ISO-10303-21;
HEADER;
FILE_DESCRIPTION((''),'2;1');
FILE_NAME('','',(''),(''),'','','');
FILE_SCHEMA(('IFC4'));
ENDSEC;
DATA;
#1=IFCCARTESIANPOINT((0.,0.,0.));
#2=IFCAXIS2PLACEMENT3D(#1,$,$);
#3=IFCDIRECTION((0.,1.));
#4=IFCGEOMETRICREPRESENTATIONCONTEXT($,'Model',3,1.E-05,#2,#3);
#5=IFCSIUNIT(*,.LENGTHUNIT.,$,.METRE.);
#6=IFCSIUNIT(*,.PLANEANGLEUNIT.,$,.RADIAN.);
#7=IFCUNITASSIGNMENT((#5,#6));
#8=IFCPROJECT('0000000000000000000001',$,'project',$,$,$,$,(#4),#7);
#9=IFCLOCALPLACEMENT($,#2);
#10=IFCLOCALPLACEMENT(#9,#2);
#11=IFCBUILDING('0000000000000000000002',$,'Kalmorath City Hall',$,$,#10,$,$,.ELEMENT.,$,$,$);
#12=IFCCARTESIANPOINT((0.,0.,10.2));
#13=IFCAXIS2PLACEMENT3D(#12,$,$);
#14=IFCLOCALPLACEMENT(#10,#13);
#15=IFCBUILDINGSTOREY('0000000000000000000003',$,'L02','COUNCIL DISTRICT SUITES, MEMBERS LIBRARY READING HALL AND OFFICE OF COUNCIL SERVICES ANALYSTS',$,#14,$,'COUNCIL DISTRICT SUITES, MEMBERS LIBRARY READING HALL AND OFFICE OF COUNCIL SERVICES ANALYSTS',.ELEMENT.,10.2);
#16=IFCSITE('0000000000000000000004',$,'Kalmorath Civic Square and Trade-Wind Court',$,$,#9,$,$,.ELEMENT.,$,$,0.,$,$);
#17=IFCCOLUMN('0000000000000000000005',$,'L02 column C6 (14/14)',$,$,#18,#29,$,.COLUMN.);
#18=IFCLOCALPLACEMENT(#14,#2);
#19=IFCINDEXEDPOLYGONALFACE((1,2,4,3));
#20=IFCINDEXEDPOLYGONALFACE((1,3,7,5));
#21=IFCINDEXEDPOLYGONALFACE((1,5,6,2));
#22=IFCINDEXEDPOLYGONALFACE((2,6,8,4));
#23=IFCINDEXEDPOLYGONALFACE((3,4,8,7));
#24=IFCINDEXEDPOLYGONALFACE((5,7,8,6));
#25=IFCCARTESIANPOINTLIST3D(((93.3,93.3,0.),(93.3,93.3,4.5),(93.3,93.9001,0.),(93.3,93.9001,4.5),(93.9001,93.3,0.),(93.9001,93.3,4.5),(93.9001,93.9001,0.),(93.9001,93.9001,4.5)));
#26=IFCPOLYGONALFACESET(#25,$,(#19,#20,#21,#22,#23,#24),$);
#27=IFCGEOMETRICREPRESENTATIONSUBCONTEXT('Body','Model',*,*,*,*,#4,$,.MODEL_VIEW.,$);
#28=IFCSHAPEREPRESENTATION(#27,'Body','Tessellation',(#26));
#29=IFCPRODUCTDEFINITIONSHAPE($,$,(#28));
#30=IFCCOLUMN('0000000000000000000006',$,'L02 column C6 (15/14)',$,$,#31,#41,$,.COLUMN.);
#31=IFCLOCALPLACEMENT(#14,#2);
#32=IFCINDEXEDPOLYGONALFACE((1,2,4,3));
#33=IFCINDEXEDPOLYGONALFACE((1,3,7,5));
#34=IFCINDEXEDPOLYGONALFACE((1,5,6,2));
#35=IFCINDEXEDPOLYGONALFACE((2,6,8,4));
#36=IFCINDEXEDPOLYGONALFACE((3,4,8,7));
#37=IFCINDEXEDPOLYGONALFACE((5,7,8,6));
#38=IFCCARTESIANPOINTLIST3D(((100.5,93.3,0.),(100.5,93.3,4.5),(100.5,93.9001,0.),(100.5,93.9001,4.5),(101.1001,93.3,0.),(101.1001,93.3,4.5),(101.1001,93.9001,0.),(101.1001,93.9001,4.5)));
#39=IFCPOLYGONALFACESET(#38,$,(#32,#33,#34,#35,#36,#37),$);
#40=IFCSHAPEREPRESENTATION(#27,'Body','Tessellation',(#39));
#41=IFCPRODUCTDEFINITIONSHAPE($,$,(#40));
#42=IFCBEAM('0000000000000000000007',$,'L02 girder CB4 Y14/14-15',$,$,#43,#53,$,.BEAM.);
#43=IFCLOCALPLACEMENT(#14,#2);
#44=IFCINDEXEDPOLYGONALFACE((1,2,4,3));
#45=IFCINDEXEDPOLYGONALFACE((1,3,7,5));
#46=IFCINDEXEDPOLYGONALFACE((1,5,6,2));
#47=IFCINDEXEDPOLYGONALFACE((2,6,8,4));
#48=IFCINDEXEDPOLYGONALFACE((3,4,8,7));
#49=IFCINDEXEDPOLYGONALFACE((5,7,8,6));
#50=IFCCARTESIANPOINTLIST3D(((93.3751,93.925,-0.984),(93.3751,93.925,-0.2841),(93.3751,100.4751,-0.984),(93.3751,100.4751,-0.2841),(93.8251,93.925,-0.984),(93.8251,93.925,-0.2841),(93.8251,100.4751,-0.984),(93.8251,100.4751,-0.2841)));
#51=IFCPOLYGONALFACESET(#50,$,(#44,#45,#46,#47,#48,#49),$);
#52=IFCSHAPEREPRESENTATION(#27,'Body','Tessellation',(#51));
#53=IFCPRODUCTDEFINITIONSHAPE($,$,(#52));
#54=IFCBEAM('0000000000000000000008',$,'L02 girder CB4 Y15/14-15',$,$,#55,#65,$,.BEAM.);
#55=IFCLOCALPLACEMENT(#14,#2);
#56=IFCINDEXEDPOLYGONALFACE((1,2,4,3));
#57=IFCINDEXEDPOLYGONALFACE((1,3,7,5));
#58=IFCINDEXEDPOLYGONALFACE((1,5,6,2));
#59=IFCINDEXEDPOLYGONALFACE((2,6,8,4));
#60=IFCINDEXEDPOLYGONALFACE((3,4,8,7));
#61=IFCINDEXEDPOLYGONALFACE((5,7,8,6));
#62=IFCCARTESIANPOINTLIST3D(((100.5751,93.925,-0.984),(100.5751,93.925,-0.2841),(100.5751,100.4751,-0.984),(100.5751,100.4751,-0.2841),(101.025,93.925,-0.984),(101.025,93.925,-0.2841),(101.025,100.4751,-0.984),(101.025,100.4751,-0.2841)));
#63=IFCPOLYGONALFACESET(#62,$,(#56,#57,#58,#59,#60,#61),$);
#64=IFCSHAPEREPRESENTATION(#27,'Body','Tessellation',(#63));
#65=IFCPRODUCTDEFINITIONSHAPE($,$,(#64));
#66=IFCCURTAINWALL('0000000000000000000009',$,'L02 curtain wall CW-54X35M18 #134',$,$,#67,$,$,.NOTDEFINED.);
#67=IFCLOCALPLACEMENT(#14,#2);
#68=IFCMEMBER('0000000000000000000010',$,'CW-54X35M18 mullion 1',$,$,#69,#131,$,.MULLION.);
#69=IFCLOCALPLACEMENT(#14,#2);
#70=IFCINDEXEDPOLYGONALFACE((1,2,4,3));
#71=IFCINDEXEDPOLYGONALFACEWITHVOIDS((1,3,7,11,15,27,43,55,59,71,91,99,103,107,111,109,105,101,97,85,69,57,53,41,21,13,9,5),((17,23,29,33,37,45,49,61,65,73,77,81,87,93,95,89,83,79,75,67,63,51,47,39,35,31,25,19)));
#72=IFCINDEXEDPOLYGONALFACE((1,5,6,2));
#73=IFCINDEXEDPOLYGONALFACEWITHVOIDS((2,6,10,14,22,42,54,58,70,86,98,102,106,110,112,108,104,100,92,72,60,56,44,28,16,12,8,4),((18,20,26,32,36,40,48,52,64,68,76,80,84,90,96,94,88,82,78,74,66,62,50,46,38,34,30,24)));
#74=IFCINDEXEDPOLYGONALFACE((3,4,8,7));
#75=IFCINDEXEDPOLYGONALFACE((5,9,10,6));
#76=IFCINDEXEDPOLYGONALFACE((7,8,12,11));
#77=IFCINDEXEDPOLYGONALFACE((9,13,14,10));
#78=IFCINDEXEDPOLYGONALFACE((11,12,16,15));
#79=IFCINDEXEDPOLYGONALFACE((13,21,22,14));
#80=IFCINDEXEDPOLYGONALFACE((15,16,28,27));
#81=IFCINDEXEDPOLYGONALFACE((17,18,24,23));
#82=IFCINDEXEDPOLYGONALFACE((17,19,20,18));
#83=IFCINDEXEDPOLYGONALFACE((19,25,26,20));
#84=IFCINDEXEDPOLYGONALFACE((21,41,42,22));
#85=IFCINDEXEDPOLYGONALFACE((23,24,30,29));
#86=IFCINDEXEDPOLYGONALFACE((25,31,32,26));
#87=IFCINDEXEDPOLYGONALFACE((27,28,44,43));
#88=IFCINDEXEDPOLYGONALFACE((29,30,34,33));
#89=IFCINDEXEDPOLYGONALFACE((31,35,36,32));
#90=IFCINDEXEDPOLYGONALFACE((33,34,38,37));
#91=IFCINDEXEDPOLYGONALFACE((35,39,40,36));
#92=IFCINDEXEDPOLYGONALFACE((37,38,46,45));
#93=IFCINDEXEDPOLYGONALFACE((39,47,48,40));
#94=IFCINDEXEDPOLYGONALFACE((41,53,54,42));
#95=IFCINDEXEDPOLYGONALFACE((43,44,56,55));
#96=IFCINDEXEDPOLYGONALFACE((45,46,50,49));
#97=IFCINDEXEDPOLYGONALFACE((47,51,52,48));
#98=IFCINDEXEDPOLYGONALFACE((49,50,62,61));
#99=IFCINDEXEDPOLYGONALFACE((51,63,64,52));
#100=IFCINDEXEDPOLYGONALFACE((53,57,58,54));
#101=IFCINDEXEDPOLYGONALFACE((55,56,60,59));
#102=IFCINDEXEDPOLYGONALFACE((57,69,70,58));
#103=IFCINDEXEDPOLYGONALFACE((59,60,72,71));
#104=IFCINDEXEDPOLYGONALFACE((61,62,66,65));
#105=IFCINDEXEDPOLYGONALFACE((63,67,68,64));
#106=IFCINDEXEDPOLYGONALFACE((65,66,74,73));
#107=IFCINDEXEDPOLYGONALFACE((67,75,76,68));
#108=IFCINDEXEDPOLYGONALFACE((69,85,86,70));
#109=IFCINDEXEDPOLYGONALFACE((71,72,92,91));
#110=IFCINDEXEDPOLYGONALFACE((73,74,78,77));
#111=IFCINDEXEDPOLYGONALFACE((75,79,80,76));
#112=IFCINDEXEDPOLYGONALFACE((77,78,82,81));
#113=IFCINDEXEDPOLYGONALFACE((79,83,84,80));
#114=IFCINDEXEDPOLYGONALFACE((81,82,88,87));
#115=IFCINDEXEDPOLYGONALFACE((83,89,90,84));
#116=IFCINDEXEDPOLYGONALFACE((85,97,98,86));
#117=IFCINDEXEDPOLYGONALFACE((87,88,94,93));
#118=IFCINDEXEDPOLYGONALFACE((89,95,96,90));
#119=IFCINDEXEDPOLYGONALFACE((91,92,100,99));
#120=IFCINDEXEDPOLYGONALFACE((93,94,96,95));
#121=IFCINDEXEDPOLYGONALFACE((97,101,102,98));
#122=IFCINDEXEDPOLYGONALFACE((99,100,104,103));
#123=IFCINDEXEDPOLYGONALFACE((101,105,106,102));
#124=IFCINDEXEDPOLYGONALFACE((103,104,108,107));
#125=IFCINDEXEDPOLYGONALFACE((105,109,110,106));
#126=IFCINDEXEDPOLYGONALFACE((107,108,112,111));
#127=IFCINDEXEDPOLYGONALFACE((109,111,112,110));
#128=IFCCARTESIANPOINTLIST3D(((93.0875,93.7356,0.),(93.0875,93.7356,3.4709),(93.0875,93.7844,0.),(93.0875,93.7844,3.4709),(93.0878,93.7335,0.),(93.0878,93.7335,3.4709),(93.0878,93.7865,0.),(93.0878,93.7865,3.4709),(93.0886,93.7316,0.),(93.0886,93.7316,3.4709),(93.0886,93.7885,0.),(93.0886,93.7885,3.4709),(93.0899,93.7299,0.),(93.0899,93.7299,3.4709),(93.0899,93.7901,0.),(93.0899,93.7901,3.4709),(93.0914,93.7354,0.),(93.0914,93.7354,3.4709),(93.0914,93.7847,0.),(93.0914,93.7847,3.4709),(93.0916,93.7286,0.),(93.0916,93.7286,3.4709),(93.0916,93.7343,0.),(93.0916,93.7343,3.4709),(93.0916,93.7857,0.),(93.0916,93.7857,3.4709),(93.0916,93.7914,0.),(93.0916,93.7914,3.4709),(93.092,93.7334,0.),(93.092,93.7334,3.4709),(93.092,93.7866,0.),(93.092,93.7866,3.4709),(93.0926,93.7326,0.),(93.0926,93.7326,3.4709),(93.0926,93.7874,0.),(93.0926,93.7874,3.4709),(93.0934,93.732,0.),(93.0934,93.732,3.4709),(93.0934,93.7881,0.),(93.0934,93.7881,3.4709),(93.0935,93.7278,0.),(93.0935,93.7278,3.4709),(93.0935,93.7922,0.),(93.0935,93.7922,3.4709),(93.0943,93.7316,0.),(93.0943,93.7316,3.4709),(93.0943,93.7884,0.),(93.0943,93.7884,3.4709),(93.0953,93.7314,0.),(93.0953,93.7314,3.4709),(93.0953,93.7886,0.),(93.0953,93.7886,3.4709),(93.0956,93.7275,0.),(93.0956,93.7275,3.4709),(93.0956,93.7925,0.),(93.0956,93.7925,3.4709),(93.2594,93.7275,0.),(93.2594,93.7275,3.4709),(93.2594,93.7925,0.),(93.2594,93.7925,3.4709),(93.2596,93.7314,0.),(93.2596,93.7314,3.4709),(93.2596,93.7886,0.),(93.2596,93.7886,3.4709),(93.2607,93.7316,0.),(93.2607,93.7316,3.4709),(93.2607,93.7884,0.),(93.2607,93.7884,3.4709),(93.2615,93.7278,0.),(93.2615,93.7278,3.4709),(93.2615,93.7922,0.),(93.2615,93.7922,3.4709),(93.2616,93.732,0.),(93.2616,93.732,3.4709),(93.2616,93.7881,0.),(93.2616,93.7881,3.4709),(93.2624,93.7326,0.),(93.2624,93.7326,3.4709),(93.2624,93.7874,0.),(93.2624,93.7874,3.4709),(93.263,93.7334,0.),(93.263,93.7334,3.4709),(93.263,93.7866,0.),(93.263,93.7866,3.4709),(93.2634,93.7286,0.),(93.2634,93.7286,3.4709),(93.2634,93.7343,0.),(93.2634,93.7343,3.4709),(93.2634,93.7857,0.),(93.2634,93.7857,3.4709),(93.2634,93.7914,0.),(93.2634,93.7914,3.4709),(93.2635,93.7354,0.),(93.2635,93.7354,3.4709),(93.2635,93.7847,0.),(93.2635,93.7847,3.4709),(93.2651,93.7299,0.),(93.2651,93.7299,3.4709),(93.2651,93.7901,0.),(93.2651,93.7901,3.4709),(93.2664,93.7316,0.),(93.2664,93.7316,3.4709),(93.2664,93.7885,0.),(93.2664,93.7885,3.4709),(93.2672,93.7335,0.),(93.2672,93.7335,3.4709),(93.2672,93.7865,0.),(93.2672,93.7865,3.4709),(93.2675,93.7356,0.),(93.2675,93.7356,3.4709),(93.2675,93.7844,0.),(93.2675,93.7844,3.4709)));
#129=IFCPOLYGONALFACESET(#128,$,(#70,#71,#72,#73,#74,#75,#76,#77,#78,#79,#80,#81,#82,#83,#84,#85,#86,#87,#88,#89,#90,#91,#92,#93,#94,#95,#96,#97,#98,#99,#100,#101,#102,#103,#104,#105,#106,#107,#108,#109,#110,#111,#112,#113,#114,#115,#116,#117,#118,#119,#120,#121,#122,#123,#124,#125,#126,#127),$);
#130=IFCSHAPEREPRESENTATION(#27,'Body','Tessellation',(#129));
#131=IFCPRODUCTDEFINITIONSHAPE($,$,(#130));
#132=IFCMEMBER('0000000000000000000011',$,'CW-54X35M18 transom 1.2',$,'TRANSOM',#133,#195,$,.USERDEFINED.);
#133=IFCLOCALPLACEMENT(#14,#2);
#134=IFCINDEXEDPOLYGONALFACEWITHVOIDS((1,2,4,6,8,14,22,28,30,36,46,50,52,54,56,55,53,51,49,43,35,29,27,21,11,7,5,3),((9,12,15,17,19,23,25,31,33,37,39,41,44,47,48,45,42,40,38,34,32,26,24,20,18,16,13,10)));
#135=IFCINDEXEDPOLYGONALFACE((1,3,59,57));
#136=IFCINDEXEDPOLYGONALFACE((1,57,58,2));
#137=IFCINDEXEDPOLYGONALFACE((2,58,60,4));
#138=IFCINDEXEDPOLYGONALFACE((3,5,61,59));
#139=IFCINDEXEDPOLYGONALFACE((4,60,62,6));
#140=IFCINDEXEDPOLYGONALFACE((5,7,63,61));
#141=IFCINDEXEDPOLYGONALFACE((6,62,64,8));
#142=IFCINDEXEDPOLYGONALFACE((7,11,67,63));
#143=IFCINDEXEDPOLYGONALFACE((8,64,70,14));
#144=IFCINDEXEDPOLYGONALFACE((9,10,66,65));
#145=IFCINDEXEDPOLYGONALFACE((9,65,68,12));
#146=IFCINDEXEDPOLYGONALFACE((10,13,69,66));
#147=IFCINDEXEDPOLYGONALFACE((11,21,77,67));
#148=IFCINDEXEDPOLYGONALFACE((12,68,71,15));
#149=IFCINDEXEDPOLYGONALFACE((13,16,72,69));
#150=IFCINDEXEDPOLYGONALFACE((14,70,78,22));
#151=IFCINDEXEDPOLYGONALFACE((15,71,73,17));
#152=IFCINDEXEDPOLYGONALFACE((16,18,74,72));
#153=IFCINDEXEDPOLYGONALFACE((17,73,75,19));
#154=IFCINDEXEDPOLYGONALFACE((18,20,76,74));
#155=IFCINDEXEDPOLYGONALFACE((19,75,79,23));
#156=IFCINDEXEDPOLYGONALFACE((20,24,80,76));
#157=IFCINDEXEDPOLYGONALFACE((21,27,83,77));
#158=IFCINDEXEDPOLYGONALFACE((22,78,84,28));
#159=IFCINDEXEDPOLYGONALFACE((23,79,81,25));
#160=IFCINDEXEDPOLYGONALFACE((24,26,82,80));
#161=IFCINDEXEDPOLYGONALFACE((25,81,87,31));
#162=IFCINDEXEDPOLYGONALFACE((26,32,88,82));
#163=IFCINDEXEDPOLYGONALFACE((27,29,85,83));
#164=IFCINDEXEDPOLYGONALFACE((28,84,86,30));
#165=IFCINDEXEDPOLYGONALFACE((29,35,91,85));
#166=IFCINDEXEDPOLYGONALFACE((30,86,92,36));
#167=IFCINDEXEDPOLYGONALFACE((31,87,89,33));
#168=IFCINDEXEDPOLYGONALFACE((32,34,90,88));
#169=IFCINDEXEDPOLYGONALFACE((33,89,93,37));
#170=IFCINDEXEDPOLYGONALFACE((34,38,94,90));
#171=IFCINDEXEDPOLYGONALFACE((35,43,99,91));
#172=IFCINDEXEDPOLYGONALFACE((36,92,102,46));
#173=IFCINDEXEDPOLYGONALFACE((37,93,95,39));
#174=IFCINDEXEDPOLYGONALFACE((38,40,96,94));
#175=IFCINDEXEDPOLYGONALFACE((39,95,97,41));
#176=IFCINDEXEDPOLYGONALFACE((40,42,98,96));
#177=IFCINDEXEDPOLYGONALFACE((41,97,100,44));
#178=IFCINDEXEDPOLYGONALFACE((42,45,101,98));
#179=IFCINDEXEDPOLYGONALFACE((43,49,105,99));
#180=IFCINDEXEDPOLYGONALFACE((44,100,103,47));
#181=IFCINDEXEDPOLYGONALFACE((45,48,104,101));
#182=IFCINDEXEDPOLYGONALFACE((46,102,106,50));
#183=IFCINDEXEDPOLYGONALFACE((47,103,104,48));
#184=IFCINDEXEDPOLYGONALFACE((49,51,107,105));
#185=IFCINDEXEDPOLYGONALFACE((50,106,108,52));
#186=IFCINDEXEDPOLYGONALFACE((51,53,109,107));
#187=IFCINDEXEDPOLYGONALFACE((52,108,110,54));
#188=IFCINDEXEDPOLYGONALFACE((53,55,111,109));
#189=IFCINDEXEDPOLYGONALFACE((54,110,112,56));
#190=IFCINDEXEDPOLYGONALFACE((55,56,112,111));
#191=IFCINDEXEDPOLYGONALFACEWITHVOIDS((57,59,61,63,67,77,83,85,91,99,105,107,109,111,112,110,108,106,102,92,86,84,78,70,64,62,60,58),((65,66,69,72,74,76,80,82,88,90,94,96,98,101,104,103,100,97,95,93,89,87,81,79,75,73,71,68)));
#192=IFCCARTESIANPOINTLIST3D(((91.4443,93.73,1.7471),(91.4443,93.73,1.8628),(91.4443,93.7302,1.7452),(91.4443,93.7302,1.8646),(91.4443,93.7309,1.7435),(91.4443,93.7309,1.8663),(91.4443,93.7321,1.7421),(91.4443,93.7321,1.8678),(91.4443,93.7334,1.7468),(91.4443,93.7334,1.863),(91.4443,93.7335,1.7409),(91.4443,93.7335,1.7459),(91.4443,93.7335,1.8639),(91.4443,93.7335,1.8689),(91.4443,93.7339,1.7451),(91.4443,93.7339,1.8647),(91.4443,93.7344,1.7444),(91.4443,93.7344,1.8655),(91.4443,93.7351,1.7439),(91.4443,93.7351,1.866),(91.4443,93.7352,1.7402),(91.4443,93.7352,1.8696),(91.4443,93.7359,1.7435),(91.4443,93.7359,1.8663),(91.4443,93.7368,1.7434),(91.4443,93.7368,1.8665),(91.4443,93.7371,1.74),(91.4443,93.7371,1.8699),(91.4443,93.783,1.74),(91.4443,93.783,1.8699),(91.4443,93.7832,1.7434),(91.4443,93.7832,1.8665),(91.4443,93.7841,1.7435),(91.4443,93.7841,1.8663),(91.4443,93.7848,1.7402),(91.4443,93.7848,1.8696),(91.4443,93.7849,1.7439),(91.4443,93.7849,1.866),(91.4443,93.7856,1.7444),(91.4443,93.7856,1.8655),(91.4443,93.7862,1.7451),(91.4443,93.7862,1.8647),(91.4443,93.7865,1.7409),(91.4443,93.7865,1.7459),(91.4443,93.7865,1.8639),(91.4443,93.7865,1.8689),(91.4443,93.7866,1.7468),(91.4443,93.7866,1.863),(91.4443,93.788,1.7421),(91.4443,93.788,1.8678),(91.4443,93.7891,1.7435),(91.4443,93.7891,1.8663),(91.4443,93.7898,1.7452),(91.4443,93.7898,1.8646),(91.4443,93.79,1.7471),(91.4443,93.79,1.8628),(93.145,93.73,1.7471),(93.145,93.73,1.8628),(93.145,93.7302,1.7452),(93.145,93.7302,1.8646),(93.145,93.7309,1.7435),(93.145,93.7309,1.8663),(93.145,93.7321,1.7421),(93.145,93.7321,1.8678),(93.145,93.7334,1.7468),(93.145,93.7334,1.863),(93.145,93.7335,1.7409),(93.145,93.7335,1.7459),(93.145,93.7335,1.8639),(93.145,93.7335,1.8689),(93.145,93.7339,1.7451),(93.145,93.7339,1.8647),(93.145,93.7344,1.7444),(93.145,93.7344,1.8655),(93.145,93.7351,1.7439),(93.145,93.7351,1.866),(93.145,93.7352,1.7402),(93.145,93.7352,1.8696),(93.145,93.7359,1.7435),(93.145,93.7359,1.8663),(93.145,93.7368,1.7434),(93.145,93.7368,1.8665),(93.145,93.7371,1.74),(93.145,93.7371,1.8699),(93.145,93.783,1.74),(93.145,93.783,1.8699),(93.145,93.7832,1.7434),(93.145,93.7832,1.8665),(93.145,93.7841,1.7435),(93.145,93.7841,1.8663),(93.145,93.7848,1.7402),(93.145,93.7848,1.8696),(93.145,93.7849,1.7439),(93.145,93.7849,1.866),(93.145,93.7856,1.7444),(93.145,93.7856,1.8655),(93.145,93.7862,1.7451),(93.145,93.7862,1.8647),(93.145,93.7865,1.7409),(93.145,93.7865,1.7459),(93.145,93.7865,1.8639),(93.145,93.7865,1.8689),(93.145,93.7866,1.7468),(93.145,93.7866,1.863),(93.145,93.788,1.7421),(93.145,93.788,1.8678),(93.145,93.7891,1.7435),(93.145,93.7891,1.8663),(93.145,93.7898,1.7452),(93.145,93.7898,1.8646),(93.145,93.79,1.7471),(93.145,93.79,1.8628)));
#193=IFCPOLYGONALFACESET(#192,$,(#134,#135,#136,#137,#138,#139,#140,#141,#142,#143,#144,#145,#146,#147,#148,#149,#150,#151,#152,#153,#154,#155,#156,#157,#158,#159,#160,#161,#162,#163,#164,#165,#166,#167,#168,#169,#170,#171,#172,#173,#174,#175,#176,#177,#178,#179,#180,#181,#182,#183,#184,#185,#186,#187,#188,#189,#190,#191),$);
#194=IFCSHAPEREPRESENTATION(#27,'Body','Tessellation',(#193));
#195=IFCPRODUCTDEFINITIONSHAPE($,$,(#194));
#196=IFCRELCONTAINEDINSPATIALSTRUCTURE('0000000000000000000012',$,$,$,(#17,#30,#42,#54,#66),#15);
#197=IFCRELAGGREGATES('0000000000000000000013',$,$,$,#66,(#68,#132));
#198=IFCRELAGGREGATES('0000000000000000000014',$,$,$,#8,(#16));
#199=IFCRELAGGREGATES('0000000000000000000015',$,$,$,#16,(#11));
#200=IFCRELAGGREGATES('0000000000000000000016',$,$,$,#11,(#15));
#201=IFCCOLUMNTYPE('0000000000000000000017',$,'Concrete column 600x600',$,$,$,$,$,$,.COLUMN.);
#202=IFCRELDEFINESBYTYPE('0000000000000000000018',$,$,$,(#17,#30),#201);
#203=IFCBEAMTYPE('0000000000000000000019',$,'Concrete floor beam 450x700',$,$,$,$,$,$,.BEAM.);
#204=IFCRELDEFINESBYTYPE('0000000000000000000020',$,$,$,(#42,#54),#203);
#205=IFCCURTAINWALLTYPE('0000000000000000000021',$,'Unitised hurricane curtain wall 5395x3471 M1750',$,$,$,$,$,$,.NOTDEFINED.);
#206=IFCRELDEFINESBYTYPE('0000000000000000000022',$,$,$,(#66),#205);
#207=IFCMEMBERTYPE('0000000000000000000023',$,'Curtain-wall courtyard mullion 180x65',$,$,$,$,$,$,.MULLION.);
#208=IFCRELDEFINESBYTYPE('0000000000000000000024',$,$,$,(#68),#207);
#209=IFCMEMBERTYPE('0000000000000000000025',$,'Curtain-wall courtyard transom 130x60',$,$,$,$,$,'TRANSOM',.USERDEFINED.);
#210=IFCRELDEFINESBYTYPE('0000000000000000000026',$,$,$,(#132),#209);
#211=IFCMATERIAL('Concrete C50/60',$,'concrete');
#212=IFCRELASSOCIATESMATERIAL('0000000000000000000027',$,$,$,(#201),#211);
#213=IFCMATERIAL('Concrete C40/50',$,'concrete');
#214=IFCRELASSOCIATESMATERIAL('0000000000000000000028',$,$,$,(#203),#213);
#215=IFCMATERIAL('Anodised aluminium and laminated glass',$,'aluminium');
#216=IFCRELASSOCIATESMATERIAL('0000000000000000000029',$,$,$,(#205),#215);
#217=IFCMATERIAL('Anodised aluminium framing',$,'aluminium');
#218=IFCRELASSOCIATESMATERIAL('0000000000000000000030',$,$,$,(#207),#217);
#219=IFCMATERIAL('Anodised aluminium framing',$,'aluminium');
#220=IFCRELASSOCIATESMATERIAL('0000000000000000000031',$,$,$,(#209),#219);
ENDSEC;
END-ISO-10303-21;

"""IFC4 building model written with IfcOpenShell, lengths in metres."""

from ifc_helpers import new_model, si_unit, direction, frame, origin, origin_2d, place, context, subcontext, project, spatial, rectangle, hollow_rectangle, extrude, material, material_profile, profile_set, type_object, element, aggregate, save


model = new_model("IFC4")

# Units and contexts
model_context = context("Model", 3, precision=1e-05, world=origin(), true_north=direction((0.0, 1.0)))
body_context = subcontext(model_context, "Body", "Model", "MODEL_VIEW")
ifc_project = project(units=[si_unit("LENGTHUNIT", "METRE"), si_unit("PLANEANGLEUNIT", "RADIAN")], contexts=[model_context])

# Site, building, storey
site_placement = place(None, origin())
site = spatial("IfcSite", under=ifc_project, at=site_placement, Name="Kalmorath Civic Square and Trade-Wind Court", CompositionType="ELEMENT", RefElevation=0.0)
building_placement = place(site_placement, origin())
building = spatial("IfcBuilding", under=site, at=building_placement, Name="Kalmorath City Hall", CompositionType="ELEMENT")
storey_placement = place(building_placement, frame((0.0, 0.0, 10.2)))
storey = spatial("IfcBuildingStorey", under=building, at=storey_placement, Name="L02", Description="COUNCIL DISTRICT SUITES, MEMBERS LIBRARY READING HALL AND OFFICE OF COUNCIL SERVICES ANALYSTS", LongName="COUNCIL DISTRICT SUITES, MEMBERS LIBRARY READING HALL AND OFFICE OF COUNCIL SERVICES ANALYSTS", CompositionType="ELEMENT", Elevation=10.2)

# Columns
ifc_material_1 = material(Name="Concrete C50/60", Category="concrete")
ifc_material_profile_1 = material_profile(ifc_material_1, rectangle(XDim=0.6001, YDim=0.6001, at=origin_2d()), Name="RC-COL-600X600")
ifc_profile_set_1 = profile_set([ifc_material_profile_1], Name="Concrete C50/60")
column_type = type_object("IfcColumnType", Name="Concrete column 600x600", PredefinedType="COLUMN", material=ifc_profile_set_1)
for number, where, z_axis, x_axis, name in (
    (1, (93.6001, 93.6001, 0.0), (0.0, 0.0, 1.0), (1.0, 0.0, 0.0), "L02 column C6 (14/14)"),
    (2, (100.8, 93.6001, 0.0), (0.0, 0.0, 1.0), (1.0, 0.0, 0.0), "L02 column C6 (15/14)"),
):
    element("IfcColumn", number, at=place(storey_placement, frame(where, z_axis=z_axis, x_axis=x_axis)), inside=storey, type_object=column_type, Name=name, PredefinedType="COLUMN", context=body_context, shape_type="SweptSolid", body=[
        extrude(rectangle(XDim=0.6001, YDim=0.6001, at=origin_2d()), origin(), (0.0, 0.0, 1.0), 4.5),
    ])

# Beams
ifc_material_2 = material(Name="Concrete C40/50", Category="concrete")
ifc_material_profile_2 = material_profile(ifc_material_2, rectangle(XDim=0.45, YDim=0.7, at=origin_2d()), Name="RC-BM-450X700")
ifc_profile_set_2 = profile_set([ifc_material_profile_2], Name="Concrete C40/50")
beam_type_1 = type_object("IfcBeamType", Name="Concrete floor beam 450x700", PredefinedType="BEAM", material=ifc_profile_set_2)
for number, where, z_axis, x_axis, name in (
    (3, (93.6001, 93.925, -0.634), (0.0, 1.0, 0.0), (-1.0, 0.0, 0.0), "L02 girder CB4 Y14/14-15"),
    (4, (100.8, 93.925, -0.634), (0.0, 1.0, 0.0), (-1.0, 0.0, 0.0), "L02 girder CB4 Y15/14-15"),
):
    element("IfcBeam", number, at=place(storey_placement, frame(where, z_axis=z_axis, x_axis=x_axis)), inside=storey, type_object=beam_type_1, Name=name, PredefinedType="BEAM", context=body_context, shape_type="SweptSolid", body=[
        extrude(rectangle(XDim=0.45, YDim=0.7, at=origin_2d()), origin(), (0.0, 0.0, 1.0), 6.55),
    ])

# Curtain wall, members
ifc_material_3 = material(Name="Anodised aluminium and laminated glass", Category="aluminium")
curtain_wall_type = type_object("IfcCurtainWallType", Name="Unitised hurricane curtain wall 5395x3471 M1750", PredefinedType="NOTDEFINED", material=ifc_material_3)
curtain_wall_placement = place(storey_placement, origin())
curtain_wall = element("IfcCurtainWall", 5, at=curtain_wall_placement, inside=storey, type_object=curtain_wall_type, Name="L02 curtain wall CW-54X35M18 #134", PredefinedType="NOTDEFINED")
ifc_material_4 = material(Name="Anodised aluminium framing", Category="aluminium")
ifc_material_profile_3 = material_profile(ifc_material_4, hollow_rectangle(XDim=0.0649, YDim=0.1799, WallThickness=0.0039, InnerFilletRadius=0.0039, OuterFilletRadius=0.0081, at=origin_2d()), Name="ALU-MUL-180X65X4")
ifc_profile_set_3 = profile_set([ifc_material_profile_3], Name="Anodised aluminium framing")
member_type_1 = type_object("IfcMemberType", Name="Curtain-wall courtyard mullion 180x65", PredefinedType="MULLION", material=ifc_profile_set_3)
member_1_placement = place(storey_placement, frame((93.1775, 93.76, 0.0), z_axis=(0.0, 0.0, 1.0), x_axis=(0.0, -1.0, 0.0)))
member_1 = element("IfcMember", 6, at=member_1_placement, type_object=member_type_1, Name="CW-54X35M18 mullion 1", PredefinedType="MULLION", context=body_context, shape_type="SweptSolid", body=[
    extrude(hollow_rectangle(XDim=0.0649, YDim=0.1799, WallThickness=0.0039, InnerFilletRadius=0.0039, OuterFilletRadius=0.0081, at=origin_2d()), origin(), (0.0, 0.0, 1.0), 3.4709),
])
ifc_material_5 = material(Name="Anodised aluminium framing", Category="aluminium")
ifc_material_profile_4 = material_profile(ifc_material_5, hollow_rectangle(XDim=0.0601, YDim=0.1299, WallThickness=0.0034, InnerFilletRadius=0.0034, OuterFilletRadius=0.0071, at=origin_2d()), Name="ALU-TRN-130X60X3.5")
ifc_profile_set_4 = profile_set([ifc_material_profile_4], Name="Anodised aluminium framing")
member_type_2 = type_object("IfcMemberType", Name="Curtain-wall courtyard transom 130x60", ElementType="TRANSOM", PredefinedType="USERDEFINED", material=ifc_profile_set_4)
member_2_placement = place(storey_placement, frame((93.145, 93.76, 1.8049), z_axis=(-1.0, 0.0, 0.0), x_axis=(0.0, -1.0, 0.0)))
member_2 = element("IfcMember", 7, at=member_2_placement, type_object=member_type_2, Name="CW-54X35M18 transom 1.2", ObjectType="TRANSOM", PredefinedType="USERDEFINED", context=body_context, shape_type="SweptSolid", body=[
    extrude(hollow_rectangle(XDim=0.0601, YDim=0.1299, WallThickness=0.0034, InnerFilletRadius=0.0034, OuterFilletRadius=0.0071, at=origin_2d()), origin(), (0.0, 0.0, 1.0), 1.7007),
])
aggregate(curtain_wall, [member_1, member_2])

save(model, "model.ifc")
